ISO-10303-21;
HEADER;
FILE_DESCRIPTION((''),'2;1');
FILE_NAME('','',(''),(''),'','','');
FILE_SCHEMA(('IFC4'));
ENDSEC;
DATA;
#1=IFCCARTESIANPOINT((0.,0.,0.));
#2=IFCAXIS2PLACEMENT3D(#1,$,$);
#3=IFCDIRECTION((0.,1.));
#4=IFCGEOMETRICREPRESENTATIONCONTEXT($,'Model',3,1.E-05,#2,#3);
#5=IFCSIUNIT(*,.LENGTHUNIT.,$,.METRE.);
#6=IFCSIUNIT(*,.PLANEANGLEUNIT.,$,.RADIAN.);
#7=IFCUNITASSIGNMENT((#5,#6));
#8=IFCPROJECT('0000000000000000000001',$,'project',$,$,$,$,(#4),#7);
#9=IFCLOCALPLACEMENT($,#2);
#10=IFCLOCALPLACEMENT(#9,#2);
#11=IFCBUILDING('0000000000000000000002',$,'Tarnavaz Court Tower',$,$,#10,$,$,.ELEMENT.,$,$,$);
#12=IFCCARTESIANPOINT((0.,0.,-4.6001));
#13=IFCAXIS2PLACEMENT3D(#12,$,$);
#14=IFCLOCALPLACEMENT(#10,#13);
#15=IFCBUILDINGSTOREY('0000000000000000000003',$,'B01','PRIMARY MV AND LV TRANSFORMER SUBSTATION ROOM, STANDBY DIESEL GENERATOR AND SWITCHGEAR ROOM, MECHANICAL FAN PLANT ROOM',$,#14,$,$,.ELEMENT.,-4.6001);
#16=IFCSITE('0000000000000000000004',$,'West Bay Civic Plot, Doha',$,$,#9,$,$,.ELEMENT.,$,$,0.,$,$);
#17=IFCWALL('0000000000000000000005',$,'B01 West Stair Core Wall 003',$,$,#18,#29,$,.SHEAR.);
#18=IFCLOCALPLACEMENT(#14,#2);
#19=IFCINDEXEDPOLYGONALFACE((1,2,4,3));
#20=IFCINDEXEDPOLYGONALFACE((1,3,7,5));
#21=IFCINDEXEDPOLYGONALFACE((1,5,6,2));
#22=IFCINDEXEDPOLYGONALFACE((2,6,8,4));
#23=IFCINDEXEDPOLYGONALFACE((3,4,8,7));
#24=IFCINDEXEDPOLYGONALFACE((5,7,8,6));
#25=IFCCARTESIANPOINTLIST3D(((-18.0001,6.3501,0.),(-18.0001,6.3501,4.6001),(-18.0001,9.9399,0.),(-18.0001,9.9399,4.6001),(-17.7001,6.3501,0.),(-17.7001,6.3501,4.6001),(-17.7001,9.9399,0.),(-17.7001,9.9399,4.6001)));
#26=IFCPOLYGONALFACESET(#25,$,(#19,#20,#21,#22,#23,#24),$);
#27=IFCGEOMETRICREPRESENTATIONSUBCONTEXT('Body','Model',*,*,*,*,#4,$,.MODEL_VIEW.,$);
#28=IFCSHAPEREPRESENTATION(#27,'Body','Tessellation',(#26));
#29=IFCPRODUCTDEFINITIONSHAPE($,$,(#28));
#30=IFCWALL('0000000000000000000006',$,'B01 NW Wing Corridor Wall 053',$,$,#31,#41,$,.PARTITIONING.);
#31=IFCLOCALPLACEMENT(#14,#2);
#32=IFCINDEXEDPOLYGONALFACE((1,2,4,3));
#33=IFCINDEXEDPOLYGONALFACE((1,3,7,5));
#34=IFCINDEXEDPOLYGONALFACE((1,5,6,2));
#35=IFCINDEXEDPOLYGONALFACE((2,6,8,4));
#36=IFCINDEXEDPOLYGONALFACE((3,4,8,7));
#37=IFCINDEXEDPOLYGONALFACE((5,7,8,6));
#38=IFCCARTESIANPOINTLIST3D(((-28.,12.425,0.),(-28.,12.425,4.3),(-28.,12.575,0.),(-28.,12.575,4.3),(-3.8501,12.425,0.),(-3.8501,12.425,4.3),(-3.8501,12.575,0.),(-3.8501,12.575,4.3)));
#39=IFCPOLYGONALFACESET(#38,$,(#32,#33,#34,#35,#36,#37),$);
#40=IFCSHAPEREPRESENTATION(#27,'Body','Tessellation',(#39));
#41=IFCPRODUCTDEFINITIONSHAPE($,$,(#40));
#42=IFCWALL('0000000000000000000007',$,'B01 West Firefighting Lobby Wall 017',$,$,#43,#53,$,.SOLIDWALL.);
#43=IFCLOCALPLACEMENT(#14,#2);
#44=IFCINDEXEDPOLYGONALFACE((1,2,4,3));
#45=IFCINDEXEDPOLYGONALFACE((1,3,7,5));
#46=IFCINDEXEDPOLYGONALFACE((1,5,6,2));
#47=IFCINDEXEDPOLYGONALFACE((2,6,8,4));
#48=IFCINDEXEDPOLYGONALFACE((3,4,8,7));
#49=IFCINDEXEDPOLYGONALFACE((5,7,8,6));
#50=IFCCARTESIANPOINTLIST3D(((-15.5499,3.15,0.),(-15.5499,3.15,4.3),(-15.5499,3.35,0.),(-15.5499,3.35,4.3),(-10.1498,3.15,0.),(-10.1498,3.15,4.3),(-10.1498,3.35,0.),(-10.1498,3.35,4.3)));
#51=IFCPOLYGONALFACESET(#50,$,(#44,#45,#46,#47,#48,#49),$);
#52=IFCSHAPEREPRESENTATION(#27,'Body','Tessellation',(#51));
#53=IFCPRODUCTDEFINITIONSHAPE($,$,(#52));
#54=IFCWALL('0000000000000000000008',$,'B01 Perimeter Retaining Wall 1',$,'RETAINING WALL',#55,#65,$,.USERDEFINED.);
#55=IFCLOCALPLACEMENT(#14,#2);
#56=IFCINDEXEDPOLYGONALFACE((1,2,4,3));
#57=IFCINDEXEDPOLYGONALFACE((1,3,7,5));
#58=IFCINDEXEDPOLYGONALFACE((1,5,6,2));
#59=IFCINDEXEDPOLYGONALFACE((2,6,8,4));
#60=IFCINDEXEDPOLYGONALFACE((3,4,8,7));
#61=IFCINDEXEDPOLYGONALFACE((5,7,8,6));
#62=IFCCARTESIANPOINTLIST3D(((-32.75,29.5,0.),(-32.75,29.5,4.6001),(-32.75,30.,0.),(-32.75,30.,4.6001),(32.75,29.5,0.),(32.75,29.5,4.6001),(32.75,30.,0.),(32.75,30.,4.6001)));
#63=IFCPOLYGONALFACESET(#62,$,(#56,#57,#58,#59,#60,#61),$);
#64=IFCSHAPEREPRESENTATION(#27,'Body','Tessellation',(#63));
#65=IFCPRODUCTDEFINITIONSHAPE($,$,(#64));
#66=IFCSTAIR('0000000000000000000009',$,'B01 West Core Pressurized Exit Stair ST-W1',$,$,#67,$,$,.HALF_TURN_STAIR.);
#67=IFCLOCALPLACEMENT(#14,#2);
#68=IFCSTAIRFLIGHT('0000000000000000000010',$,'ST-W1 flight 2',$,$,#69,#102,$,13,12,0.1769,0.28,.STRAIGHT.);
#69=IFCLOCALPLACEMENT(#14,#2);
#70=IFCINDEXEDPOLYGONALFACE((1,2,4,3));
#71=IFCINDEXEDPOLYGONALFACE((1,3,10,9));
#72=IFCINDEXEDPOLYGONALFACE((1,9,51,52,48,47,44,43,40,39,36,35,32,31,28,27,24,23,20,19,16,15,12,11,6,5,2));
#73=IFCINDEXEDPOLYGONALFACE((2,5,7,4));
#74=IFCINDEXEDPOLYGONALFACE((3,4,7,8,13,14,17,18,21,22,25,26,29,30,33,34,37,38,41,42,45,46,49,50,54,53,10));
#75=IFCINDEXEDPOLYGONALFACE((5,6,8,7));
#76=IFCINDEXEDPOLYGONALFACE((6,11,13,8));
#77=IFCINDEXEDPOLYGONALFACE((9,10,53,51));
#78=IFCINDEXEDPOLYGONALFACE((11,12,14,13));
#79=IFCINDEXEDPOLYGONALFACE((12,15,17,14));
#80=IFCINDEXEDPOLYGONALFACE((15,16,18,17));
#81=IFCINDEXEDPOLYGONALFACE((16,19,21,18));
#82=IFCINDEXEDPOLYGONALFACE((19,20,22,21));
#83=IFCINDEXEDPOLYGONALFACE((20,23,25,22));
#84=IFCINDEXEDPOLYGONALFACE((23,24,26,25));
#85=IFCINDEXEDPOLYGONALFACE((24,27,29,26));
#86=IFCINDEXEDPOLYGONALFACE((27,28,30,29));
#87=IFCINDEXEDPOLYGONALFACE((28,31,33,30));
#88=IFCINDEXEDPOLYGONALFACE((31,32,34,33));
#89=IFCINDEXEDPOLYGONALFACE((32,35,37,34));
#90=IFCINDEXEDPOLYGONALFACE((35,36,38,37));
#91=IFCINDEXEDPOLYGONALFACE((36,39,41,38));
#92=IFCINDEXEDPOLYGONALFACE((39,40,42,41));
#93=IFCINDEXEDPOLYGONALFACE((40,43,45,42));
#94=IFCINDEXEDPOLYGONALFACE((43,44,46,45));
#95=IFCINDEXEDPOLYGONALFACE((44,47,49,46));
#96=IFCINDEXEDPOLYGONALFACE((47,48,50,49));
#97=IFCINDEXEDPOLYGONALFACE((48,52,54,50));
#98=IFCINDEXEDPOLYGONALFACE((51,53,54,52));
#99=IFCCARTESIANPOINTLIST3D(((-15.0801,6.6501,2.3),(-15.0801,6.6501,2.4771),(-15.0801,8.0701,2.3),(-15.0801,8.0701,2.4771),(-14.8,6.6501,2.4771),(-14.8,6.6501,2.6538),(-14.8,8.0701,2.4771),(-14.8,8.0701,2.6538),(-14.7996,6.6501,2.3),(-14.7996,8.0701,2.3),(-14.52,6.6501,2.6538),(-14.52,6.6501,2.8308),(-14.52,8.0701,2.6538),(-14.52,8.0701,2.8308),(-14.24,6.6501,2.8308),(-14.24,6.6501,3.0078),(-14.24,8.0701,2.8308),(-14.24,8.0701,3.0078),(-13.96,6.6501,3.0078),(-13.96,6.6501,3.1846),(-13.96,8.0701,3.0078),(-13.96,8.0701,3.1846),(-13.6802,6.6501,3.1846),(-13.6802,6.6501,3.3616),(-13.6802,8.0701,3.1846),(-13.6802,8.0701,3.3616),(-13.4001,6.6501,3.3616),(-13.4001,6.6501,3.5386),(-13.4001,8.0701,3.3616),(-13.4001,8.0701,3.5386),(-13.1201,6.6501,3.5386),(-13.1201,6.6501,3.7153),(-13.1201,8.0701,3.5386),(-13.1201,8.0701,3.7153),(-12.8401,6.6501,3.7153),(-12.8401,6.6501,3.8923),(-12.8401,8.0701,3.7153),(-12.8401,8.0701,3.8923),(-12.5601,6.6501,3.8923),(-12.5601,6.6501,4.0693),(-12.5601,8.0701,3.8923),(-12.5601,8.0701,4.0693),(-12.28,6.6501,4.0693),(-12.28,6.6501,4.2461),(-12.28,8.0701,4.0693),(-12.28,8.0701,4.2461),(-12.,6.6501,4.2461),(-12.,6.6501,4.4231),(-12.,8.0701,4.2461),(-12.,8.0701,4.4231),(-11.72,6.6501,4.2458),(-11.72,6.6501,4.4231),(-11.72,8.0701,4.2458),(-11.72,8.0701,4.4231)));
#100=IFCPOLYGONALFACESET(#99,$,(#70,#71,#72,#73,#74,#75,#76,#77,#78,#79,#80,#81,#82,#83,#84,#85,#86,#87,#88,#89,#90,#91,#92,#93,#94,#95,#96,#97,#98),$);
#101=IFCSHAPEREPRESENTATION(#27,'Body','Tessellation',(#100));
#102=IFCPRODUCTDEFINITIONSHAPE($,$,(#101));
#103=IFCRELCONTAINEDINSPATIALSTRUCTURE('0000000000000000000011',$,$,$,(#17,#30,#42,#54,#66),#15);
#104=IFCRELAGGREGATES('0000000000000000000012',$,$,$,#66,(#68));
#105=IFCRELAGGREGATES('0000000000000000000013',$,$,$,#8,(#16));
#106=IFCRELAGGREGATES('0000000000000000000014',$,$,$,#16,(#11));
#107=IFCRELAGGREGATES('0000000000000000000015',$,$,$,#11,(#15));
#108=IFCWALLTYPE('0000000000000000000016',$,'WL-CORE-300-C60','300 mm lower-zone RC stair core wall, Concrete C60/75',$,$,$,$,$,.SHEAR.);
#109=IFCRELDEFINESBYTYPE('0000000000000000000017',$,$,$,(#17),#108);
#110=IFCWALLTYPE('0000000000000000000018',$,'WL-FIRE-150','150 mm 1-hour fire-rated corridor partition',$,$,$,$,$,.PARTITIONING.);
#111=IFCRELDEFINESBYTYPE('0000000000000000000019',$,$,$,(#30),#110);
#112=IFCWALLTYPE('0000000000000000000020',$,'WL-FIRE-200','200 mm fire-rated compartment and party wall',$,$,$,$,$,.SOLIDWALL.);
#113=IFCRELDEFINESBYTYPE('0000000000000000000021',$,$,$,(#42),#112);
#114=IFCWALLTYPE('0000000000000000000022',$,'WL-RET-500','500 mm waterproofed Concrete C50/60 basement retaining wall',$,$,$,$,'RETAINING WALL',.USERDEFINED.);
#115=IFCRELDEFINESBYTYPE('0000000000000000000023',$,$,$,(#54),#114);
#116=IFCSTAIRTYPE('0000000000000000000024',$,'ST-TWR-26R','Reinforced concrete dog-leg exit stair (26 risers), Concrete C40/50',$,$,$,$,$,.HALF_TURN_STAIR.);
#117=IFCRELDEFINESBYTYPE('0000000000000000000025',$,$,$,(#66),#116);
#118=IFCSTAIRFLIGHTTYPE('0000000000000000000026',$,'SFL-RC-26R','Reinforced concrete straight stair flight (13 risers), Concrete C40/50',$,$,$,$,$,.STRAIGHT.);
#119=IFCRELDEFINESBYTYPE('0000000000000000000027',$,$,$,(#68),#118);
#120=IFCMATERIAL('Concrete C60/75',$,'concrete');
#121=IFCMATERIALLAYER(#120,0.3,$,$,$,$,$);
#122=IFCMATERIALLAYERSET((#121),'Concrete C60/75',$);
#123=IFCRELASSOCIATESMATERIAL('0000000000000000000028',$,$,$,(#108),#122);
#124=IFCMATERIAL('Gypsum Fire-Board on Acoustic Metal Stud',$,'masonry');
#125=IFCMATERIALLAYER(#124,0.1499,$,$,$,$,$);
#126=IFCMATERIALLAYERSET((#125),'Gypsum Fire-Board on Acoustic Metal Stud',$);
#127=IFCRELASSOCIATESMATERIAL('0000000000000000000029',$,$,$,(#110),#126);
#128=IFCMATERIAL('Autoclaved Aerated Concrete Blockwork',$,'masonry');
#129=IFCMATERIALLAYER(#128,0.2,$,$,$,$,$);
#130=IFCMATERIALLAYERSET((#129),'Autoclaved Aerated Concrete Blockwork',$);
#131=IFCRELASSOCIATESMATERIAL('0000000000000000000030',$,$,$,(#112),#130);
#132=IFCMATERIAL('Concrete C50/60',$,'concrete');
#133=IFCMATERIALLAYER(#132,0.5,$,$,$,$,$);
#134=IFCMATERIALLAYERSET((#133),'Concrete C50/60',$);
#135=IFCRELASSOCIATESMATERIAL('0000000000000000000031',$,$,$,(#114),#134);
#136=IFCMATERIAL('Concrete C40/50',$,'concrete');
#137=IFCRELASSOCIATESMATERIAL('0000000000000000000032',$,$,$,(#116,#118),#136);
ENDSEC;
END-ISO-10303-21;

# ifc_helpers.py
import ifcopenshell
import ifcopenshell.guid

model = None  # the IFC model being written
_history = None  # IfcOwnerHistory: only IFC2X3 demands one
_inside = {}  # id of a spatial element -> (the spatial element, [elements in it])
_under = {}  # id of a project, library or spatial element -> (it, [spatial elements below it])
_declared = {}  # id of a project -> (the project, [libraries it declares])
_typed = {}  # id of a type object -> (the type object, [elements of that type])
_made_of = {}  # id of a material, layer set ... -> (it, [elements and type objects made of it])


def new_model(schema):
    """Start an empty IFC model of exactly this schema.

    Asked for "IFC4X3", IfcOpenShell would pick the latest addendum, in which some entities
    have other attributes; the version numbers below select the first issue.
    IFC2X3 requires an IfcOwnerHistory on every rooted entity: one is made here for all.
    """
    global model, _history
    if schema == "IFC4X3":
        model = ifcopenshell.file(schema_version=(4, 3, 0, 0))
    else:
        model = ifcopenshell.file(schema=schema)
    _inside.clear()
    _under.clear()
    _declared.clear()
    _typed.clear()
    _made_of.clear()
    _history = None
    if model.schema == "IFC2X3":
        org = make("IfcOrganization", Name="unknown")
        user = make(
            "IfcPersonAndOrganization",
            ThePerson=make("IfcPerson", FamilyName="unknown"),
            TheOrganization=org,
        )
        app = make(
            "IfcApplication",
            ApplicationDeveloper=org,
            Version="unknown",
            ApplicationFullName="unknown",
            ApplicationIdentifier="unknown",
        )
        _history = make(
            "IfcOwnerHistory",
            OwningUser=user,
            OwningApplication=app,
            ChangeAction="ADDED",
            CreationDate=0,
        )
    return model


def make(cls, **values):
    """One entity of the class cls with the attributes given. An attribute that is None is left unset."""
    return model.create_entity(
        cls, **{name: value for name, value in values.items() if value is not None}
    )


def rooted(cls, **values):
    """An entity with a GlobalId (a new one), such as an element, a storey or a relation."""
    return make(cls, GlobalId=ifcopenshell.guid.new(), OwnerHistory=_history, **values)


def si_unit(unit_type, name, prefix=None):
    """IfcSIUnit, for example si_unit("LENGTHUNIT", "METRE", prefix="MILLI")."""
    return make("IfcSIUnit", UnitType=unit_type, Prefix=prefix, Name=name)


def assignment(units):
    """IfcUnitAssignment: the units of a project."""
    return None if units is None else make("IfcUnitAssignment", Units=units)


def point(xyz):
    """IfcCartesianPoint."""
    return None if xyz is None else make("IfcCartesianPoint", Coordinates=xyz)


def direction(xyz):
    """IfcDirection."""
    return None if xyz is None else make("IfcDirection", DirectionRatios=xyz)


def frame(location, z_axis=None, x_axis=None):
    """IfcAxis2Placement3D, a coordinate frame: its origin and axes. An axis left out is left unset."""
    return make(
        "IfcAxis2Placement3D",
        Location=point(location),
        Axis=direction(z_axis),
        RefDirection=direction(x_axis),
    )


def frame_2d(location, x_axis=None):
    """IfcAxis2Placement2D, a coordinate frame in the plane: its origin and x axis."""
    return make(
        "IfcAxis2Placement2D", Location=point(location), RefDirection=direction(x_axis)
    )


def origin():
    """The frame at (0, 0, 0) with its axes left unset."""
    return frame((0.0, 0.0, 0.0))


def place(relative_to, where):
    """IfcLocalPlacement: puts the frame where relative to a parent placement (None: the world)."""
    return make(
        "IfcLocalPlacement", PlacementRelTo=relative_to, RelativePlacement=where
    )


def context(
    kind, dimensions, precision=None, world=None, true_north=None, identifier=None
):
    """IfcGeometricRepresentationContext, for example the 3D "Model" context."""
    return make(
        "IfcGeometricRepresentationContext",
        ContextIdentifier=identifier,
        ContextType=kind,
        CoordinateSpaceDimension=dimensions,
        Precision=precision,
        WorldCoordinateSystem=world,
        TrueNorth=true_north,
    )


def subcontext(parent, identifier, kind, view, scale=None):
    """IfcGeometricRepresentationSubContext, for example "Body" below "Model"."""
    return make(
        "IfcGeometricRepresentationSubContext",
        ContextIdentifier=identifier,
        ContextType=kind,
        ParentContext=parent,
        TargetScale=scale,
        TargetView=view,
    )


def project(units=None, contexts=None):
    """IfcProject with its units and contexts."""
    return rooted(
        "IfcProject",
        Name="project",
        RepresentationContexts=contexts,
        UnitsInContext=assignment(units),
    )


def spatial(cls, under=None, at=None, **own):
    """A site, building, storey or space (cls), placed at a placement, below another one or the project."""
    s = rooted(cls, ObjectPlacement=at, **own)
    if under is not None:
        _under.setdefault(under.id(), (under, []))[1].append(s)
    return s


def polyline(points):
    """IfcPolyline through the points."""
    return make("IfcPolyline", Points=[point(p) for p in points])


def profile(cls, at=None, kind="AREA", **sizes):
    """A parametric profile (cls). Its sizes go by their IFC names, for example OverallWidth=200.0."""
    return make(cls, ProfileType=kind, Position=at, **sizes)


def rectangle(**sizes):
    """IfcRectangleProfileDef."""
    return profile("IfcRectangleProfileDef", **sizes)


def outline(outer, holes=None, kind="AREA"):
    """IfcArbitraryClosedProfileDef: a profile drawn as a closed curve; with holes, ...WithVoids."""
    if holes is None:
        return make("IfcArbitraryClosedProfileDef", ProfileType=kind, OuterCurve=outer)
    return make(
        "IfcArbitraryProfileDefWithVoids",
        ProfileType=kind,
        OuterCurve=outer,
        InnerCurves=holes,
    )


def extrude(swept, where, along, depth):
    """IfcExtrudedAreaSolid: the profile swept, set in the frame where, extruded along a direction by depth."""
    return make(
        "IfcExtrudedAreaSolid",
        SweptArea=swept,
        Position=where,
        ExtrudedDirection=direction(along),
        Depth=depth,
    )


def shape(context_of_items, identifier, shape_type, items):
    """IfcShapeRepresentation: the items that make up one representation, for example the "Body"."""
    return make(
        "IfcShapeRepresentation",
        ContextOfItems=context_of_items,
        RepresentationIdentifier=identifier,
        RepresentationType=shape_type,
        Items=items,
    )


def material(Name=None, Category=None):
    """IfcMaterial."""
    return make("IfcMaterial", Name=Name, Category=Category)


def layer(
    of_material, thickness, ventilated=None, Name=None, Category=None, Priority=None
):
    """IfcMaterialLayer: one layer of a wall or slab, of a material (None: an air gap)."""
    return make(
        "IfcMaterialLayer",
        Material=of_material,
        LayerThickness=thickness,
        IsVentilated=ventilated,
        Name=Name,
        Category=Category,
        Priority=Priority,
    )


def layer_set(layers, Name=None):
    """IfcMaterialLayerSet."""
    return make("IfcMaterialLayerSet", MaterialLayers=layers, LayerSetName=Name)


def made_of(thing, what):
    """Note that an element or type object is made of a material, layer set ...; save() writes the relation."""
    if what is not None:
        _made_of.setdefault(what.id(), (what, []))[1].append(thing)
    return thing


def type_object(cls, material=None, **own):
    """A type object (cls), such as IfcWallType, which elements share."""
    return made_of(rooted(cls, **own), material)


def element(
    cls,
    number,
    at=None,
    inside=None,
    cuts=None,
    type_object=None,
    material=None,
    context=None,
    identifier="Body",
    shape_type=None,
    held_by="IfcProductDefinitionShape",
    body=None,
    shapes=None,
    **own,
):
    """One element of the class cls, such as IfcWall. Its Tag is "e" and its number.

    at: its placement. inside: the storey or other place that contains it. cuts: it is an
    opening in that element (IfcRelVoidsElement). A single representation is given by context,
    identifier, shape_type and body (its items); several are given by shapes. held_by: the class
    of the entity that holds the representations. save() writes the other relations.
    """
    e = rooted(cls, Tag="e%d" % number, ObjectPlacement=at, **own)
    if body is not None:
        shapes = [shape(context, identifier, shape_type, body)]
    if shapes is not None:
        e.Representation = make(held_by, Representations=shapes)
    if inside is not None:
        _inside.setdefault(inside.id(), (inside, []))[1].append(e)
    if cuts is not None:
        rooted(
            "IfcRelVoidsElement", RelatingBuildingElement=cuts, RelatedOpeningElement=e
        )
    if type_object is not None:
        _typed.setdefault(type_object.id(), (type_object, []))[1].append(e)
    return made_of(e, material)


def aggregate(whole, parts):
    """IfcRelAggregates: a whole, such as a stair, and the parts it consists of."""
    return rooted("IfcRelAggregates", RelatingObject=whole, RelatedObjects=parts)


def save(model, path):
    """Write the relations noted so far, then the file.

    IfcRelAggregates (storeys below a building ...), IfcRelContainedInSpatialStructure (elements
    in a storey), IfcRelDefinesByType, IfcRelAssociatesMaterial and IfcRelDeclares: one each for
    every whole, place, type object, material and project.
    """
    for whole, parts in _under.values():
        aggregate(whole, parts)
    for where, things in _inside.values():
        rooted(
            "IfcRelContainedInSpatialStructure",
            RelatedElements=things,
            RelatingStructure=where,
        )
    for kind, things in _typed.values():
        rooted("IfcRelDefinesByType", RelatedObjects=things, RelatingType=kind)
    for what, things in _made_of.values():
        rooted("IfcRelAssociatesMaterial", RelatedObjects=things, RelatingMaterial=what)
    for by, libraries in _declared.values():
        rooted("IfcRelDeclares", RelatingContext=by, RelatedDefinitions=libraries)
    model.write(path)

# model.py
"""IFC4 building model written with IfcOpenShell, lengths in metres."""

from ifc_helpers import new_model, si_unit, direction, frame, frame_2d, origin, place, context, subcontext, project, spatial, polyline, rectangle, outline, extrude, material, layer, layer_set, type_object, element, aggregate, save


model = new_model("IFC4")

# Units and contexts
model_context = context("Model", 3, precision=1e-05, world=origin(), true_north=direction((0.0, 1.0)))
body_context = subcontext(model_context, "Body", "Model", "MODEL_VIEW")
ifc_project = project(units=[si_unit("LENGTHUNIT", "METRE"), si_unit("PLANEANGLEUNIT", "RADIAN")], contexts=[model_context])

# Site, building, storey
site_placement = place(None, origin())
site = spatial("IfcSite", under=ifc_project, at=site_placement, Name="West Bay Civic Plot, Doha", CompositionType="ELEMENT", RefElevation=0.0)
building_placement = place(site_placement, origin())
building = spatial("IfcBuilding", under=site, at=building_placement, Name="Tarnavaz Court Tower", CompositionType="ELEMENT")
storey_placement = place(building_placement, frame((0.0, 0.0, -4.6001)))
storey = spatial("IfcBuildingStorey", under=building, at=storey_placement, Name="B01", Description="PRIMARY MV AND LV TRANSFORMER SUBSTATION ROOM, STANDBY DIESEL GENERATOR AND SWITCHGEAR ROOM, MECHANICAL FAN PLANT ROOM", CompositionType="ELEMENT", Elevation=-4.6001)

# Shared definitions
ifc_material_1 = material(Name="Concrete C60/75", Category="concrete")
ifc_material_2 = material(Name="Concrete C50/60", Category="concrete")

# Shared definitions
ifc_layer_1 = layer(ifc_material_1, 0.3)
ifc_layer_set_1 = layer_set([ifc_layer_1], Name="Concrete C60/75")
wall_type_1 = type_object("IfcWallType", Name="WL-CORE-300-C60", Description="300 mm lower-zone RC stair core wall, Concrete C60/75", PredefinedType="SHEAR", material=ifc_layer_set_1)

# Walls
wall_1_placement = place(storey_placement, frame((-17.8501, 6.3501, 0.0), z_axis=(0.0, 0.0, 1.0), x_axis=(0.0, 1.0, 0.0)))
element("IfcWall", 1, at=wall_1_placement, inside=storey, type_object=wall_type_1, Name="B01 West Stair Core Wall 003", PredefinedType="SHEAR", context=body_context, shape_type="SweptSolid", body=[
    extrude(rectangle(XDim=3.5898, YDim=0.3, at=frame_2d((1.7949, 0.0))), origin(), (0.0, 0.0, 1.0), 4.6001),
])
ifc_material_3 = material(Name="Gypsum Fire-Board on Acoustic Metal Stud", Category="masonry")
ifc_layer_2 = layer(ifc_material_3, 0.1499)
ifc_layer_set_2 = layer_set([ifc_layer_2], Name="Gypsum Fire-Board on Acoustic Metal Stud")
wall_type_2 = type_object("IfcWallType", Name="WL-FIRE-150", Description="150 mm 1-hour fire-rated corridor partition", PredefinedType="PARTITIONING", material=ifc_layer_set_2)
wall_2_placement = place(storey_placement, frame((-28.0, 12.5, 0.0), z_axis=(0.0, 0.0, 1.0), x_axis=(1.0, 0.0, 0.0)))
element("IfcWall", 2, at=wall_2_placement, inside=storey, type_object=wall_type_2, Name="B01 NW Wing Corridor Wall 053", PredefinedType="PARTITIONING", context=body_context, shape_type="SweptSolid", body=[
    extrude(rectangle(XDim=24.1499, YDim=0.1499, at=frame_2d((12.075, 0.0))), origin(), (0.0, 0.0, 1.0), 4.3),
])
ifc_material_4 = material(Name="Autoclaved Aerated Concrete Blockwork", Category="masonry")
ifc_layer_3 = layer(ifc_material_4, 0.2)
ifc_layer_set_3 = layer_set([ifc_layer_3], Name="Autoclaved Aerated Concrete Blockwork")
wall_type_3 = type_object("IfcWallType", Name="WL-FIRE-200", Description="200 mm fire-rated compartment and party wall", PredefinedType="SOLIDWALL", material=ifc_layer_set_3)
wall_3_placement = place(storey_placement, frame((-15.55, 3.25, 0.0), z_axis=(0.0, 0.0, 1.0), x_axis=(1.0, 0.0, 0.0)))
element("IfcWall", 3, at=wall_3_placement, inside=storey, type_object=wall_type_3, Name="B01 West Firefighting Lobby Wall 017", PredefinedType="SOLIDWALL", context=body_context, shape_type="SweptSolid", body=[
    extrude(rectangle(XDim=5.4001, YDim=0.2, at=frame_2d((2.7002, 0.0))), origin(), (0.0, 0.0, 1.0), 4.3),
])
ifc_layer_4 = layer(ifc_material_2, 0.5)
ifc_layer_set_4 = layer_set([ifc_layer_4], Name="Concrete C50/60")
wall_type_4 = type_object("IfcWallType", Name="WL-RET-500", Description="500 mm waterproofed Concrete C50/60 basement retaining wall", ElementType="RETAINING WALL", PredefinedType="USERDEFINED", material=ifc_layer_set_4)
wall_4_placement = place(storey_placement, frame((-32.75, 29.75, 0.0), z_axis=(0.0, 0.0, 1.0), x_axis=(1.0, 0.0, 0.0)))
element("IfcWall", 4, at=wall_4_placement, inside=storey, type_object=wall_type_4, Name="B01 Perimeter Retaining Wall 1", ObjectType="RETAINING WALL", PredefinedType="USERDEFINED", context=body_context, shape_type="SweptSolid", body=[
    extrude(rectangle(XDim=65.5, YDim=0.5, at=frame_2d((32.75, 0.0))), origin(), (0.0, 0.0, 1.0), 4.6001),
])

# Stair, stair flight
ifc_material_5 = material(Name="Concrete C40/50", Category="concrete")
stair_type = type_object("IfcStairType", Name="ST-TWR-26R", Description="Reinforced concrete dog-leg exit stair (26 risers), Concrete C40/50", PredefinedType="HALF_TURN_STAIR", material=ifc_material_5)
stair_placement = place(storey_placement, origin())
stair = element("IfcStair", 5, at=stair_placement, inside=storey, type_object=stair_type, Name="B01 West Core Pressurized Exit Stair ST-W1", PredefinedType="HALF_TURN_STAIR")
stair_flight_type = type_object("IfcStairFlightType", Name="SFL-RC-26R", Description="Reinforced concrete straight stair flight (13 risers), Concrete C40/50", PredefinedType="STRAIGHT", material=ifc_material_5)
stair_flight_placement = place(storey_placement, frame((-15.0801, 7.3601, 2.3), z_axis=(0.0, 0.0, 1.0), x_axis=(1.0, 0.0, 0.0)))
stair_flight = element("IfcStairFlight", 6, at=stair_flight_placement, type_object=stair_flight_type, Name="ST-W1 flight 2", NumberOfRisers=13, NumberOfTreads=12, PredefinedType="STRAIGHT", RiserHeight=0.1769, TreadLength=0.28, context=body_context, shape_type="SweptSolid", body=[
    extrude(outline(polyline([(0.0, 0.0), (0.0, 0.177), (0.28, 0.177), (0.28, 0.3538), (0.5601, 0.3538), (0.5601, 0.5308), (0.8401, 0.5308), (0.8401, 0.7078), (1.1201, 0.7078), (1.1201, 0.8845), (1.3999, 0.8845), (1.3999, 1.0615), (1.6799, 1.0615), (1.6799, 1.2385), (1.96, 1.2385), (1.96, 1.4153), (2.24, 1.4153), (2.24, 1.5923), (2.52, 1.5923), (2.52, 1.7693), (2.8, 1.7693), (2.8, 1.946), (3.0801, 1.946), (3.0801, 2.123), (3.3601, 2.123), (3.3601, 2.3), (3.3601, 1.9458), (0.2805, 0.0), (0.0, 0.0)])), frame((0.0, 0.71, 0.0), z_axis=(0.0, -1.0, 0.0), x_axis=(1.0, 0.0, 0.0)), (0.0, 0.0, 1.0), 1.4199),
])
aggregate(stair, [stair_flight])

save(model, "model.ifc")
